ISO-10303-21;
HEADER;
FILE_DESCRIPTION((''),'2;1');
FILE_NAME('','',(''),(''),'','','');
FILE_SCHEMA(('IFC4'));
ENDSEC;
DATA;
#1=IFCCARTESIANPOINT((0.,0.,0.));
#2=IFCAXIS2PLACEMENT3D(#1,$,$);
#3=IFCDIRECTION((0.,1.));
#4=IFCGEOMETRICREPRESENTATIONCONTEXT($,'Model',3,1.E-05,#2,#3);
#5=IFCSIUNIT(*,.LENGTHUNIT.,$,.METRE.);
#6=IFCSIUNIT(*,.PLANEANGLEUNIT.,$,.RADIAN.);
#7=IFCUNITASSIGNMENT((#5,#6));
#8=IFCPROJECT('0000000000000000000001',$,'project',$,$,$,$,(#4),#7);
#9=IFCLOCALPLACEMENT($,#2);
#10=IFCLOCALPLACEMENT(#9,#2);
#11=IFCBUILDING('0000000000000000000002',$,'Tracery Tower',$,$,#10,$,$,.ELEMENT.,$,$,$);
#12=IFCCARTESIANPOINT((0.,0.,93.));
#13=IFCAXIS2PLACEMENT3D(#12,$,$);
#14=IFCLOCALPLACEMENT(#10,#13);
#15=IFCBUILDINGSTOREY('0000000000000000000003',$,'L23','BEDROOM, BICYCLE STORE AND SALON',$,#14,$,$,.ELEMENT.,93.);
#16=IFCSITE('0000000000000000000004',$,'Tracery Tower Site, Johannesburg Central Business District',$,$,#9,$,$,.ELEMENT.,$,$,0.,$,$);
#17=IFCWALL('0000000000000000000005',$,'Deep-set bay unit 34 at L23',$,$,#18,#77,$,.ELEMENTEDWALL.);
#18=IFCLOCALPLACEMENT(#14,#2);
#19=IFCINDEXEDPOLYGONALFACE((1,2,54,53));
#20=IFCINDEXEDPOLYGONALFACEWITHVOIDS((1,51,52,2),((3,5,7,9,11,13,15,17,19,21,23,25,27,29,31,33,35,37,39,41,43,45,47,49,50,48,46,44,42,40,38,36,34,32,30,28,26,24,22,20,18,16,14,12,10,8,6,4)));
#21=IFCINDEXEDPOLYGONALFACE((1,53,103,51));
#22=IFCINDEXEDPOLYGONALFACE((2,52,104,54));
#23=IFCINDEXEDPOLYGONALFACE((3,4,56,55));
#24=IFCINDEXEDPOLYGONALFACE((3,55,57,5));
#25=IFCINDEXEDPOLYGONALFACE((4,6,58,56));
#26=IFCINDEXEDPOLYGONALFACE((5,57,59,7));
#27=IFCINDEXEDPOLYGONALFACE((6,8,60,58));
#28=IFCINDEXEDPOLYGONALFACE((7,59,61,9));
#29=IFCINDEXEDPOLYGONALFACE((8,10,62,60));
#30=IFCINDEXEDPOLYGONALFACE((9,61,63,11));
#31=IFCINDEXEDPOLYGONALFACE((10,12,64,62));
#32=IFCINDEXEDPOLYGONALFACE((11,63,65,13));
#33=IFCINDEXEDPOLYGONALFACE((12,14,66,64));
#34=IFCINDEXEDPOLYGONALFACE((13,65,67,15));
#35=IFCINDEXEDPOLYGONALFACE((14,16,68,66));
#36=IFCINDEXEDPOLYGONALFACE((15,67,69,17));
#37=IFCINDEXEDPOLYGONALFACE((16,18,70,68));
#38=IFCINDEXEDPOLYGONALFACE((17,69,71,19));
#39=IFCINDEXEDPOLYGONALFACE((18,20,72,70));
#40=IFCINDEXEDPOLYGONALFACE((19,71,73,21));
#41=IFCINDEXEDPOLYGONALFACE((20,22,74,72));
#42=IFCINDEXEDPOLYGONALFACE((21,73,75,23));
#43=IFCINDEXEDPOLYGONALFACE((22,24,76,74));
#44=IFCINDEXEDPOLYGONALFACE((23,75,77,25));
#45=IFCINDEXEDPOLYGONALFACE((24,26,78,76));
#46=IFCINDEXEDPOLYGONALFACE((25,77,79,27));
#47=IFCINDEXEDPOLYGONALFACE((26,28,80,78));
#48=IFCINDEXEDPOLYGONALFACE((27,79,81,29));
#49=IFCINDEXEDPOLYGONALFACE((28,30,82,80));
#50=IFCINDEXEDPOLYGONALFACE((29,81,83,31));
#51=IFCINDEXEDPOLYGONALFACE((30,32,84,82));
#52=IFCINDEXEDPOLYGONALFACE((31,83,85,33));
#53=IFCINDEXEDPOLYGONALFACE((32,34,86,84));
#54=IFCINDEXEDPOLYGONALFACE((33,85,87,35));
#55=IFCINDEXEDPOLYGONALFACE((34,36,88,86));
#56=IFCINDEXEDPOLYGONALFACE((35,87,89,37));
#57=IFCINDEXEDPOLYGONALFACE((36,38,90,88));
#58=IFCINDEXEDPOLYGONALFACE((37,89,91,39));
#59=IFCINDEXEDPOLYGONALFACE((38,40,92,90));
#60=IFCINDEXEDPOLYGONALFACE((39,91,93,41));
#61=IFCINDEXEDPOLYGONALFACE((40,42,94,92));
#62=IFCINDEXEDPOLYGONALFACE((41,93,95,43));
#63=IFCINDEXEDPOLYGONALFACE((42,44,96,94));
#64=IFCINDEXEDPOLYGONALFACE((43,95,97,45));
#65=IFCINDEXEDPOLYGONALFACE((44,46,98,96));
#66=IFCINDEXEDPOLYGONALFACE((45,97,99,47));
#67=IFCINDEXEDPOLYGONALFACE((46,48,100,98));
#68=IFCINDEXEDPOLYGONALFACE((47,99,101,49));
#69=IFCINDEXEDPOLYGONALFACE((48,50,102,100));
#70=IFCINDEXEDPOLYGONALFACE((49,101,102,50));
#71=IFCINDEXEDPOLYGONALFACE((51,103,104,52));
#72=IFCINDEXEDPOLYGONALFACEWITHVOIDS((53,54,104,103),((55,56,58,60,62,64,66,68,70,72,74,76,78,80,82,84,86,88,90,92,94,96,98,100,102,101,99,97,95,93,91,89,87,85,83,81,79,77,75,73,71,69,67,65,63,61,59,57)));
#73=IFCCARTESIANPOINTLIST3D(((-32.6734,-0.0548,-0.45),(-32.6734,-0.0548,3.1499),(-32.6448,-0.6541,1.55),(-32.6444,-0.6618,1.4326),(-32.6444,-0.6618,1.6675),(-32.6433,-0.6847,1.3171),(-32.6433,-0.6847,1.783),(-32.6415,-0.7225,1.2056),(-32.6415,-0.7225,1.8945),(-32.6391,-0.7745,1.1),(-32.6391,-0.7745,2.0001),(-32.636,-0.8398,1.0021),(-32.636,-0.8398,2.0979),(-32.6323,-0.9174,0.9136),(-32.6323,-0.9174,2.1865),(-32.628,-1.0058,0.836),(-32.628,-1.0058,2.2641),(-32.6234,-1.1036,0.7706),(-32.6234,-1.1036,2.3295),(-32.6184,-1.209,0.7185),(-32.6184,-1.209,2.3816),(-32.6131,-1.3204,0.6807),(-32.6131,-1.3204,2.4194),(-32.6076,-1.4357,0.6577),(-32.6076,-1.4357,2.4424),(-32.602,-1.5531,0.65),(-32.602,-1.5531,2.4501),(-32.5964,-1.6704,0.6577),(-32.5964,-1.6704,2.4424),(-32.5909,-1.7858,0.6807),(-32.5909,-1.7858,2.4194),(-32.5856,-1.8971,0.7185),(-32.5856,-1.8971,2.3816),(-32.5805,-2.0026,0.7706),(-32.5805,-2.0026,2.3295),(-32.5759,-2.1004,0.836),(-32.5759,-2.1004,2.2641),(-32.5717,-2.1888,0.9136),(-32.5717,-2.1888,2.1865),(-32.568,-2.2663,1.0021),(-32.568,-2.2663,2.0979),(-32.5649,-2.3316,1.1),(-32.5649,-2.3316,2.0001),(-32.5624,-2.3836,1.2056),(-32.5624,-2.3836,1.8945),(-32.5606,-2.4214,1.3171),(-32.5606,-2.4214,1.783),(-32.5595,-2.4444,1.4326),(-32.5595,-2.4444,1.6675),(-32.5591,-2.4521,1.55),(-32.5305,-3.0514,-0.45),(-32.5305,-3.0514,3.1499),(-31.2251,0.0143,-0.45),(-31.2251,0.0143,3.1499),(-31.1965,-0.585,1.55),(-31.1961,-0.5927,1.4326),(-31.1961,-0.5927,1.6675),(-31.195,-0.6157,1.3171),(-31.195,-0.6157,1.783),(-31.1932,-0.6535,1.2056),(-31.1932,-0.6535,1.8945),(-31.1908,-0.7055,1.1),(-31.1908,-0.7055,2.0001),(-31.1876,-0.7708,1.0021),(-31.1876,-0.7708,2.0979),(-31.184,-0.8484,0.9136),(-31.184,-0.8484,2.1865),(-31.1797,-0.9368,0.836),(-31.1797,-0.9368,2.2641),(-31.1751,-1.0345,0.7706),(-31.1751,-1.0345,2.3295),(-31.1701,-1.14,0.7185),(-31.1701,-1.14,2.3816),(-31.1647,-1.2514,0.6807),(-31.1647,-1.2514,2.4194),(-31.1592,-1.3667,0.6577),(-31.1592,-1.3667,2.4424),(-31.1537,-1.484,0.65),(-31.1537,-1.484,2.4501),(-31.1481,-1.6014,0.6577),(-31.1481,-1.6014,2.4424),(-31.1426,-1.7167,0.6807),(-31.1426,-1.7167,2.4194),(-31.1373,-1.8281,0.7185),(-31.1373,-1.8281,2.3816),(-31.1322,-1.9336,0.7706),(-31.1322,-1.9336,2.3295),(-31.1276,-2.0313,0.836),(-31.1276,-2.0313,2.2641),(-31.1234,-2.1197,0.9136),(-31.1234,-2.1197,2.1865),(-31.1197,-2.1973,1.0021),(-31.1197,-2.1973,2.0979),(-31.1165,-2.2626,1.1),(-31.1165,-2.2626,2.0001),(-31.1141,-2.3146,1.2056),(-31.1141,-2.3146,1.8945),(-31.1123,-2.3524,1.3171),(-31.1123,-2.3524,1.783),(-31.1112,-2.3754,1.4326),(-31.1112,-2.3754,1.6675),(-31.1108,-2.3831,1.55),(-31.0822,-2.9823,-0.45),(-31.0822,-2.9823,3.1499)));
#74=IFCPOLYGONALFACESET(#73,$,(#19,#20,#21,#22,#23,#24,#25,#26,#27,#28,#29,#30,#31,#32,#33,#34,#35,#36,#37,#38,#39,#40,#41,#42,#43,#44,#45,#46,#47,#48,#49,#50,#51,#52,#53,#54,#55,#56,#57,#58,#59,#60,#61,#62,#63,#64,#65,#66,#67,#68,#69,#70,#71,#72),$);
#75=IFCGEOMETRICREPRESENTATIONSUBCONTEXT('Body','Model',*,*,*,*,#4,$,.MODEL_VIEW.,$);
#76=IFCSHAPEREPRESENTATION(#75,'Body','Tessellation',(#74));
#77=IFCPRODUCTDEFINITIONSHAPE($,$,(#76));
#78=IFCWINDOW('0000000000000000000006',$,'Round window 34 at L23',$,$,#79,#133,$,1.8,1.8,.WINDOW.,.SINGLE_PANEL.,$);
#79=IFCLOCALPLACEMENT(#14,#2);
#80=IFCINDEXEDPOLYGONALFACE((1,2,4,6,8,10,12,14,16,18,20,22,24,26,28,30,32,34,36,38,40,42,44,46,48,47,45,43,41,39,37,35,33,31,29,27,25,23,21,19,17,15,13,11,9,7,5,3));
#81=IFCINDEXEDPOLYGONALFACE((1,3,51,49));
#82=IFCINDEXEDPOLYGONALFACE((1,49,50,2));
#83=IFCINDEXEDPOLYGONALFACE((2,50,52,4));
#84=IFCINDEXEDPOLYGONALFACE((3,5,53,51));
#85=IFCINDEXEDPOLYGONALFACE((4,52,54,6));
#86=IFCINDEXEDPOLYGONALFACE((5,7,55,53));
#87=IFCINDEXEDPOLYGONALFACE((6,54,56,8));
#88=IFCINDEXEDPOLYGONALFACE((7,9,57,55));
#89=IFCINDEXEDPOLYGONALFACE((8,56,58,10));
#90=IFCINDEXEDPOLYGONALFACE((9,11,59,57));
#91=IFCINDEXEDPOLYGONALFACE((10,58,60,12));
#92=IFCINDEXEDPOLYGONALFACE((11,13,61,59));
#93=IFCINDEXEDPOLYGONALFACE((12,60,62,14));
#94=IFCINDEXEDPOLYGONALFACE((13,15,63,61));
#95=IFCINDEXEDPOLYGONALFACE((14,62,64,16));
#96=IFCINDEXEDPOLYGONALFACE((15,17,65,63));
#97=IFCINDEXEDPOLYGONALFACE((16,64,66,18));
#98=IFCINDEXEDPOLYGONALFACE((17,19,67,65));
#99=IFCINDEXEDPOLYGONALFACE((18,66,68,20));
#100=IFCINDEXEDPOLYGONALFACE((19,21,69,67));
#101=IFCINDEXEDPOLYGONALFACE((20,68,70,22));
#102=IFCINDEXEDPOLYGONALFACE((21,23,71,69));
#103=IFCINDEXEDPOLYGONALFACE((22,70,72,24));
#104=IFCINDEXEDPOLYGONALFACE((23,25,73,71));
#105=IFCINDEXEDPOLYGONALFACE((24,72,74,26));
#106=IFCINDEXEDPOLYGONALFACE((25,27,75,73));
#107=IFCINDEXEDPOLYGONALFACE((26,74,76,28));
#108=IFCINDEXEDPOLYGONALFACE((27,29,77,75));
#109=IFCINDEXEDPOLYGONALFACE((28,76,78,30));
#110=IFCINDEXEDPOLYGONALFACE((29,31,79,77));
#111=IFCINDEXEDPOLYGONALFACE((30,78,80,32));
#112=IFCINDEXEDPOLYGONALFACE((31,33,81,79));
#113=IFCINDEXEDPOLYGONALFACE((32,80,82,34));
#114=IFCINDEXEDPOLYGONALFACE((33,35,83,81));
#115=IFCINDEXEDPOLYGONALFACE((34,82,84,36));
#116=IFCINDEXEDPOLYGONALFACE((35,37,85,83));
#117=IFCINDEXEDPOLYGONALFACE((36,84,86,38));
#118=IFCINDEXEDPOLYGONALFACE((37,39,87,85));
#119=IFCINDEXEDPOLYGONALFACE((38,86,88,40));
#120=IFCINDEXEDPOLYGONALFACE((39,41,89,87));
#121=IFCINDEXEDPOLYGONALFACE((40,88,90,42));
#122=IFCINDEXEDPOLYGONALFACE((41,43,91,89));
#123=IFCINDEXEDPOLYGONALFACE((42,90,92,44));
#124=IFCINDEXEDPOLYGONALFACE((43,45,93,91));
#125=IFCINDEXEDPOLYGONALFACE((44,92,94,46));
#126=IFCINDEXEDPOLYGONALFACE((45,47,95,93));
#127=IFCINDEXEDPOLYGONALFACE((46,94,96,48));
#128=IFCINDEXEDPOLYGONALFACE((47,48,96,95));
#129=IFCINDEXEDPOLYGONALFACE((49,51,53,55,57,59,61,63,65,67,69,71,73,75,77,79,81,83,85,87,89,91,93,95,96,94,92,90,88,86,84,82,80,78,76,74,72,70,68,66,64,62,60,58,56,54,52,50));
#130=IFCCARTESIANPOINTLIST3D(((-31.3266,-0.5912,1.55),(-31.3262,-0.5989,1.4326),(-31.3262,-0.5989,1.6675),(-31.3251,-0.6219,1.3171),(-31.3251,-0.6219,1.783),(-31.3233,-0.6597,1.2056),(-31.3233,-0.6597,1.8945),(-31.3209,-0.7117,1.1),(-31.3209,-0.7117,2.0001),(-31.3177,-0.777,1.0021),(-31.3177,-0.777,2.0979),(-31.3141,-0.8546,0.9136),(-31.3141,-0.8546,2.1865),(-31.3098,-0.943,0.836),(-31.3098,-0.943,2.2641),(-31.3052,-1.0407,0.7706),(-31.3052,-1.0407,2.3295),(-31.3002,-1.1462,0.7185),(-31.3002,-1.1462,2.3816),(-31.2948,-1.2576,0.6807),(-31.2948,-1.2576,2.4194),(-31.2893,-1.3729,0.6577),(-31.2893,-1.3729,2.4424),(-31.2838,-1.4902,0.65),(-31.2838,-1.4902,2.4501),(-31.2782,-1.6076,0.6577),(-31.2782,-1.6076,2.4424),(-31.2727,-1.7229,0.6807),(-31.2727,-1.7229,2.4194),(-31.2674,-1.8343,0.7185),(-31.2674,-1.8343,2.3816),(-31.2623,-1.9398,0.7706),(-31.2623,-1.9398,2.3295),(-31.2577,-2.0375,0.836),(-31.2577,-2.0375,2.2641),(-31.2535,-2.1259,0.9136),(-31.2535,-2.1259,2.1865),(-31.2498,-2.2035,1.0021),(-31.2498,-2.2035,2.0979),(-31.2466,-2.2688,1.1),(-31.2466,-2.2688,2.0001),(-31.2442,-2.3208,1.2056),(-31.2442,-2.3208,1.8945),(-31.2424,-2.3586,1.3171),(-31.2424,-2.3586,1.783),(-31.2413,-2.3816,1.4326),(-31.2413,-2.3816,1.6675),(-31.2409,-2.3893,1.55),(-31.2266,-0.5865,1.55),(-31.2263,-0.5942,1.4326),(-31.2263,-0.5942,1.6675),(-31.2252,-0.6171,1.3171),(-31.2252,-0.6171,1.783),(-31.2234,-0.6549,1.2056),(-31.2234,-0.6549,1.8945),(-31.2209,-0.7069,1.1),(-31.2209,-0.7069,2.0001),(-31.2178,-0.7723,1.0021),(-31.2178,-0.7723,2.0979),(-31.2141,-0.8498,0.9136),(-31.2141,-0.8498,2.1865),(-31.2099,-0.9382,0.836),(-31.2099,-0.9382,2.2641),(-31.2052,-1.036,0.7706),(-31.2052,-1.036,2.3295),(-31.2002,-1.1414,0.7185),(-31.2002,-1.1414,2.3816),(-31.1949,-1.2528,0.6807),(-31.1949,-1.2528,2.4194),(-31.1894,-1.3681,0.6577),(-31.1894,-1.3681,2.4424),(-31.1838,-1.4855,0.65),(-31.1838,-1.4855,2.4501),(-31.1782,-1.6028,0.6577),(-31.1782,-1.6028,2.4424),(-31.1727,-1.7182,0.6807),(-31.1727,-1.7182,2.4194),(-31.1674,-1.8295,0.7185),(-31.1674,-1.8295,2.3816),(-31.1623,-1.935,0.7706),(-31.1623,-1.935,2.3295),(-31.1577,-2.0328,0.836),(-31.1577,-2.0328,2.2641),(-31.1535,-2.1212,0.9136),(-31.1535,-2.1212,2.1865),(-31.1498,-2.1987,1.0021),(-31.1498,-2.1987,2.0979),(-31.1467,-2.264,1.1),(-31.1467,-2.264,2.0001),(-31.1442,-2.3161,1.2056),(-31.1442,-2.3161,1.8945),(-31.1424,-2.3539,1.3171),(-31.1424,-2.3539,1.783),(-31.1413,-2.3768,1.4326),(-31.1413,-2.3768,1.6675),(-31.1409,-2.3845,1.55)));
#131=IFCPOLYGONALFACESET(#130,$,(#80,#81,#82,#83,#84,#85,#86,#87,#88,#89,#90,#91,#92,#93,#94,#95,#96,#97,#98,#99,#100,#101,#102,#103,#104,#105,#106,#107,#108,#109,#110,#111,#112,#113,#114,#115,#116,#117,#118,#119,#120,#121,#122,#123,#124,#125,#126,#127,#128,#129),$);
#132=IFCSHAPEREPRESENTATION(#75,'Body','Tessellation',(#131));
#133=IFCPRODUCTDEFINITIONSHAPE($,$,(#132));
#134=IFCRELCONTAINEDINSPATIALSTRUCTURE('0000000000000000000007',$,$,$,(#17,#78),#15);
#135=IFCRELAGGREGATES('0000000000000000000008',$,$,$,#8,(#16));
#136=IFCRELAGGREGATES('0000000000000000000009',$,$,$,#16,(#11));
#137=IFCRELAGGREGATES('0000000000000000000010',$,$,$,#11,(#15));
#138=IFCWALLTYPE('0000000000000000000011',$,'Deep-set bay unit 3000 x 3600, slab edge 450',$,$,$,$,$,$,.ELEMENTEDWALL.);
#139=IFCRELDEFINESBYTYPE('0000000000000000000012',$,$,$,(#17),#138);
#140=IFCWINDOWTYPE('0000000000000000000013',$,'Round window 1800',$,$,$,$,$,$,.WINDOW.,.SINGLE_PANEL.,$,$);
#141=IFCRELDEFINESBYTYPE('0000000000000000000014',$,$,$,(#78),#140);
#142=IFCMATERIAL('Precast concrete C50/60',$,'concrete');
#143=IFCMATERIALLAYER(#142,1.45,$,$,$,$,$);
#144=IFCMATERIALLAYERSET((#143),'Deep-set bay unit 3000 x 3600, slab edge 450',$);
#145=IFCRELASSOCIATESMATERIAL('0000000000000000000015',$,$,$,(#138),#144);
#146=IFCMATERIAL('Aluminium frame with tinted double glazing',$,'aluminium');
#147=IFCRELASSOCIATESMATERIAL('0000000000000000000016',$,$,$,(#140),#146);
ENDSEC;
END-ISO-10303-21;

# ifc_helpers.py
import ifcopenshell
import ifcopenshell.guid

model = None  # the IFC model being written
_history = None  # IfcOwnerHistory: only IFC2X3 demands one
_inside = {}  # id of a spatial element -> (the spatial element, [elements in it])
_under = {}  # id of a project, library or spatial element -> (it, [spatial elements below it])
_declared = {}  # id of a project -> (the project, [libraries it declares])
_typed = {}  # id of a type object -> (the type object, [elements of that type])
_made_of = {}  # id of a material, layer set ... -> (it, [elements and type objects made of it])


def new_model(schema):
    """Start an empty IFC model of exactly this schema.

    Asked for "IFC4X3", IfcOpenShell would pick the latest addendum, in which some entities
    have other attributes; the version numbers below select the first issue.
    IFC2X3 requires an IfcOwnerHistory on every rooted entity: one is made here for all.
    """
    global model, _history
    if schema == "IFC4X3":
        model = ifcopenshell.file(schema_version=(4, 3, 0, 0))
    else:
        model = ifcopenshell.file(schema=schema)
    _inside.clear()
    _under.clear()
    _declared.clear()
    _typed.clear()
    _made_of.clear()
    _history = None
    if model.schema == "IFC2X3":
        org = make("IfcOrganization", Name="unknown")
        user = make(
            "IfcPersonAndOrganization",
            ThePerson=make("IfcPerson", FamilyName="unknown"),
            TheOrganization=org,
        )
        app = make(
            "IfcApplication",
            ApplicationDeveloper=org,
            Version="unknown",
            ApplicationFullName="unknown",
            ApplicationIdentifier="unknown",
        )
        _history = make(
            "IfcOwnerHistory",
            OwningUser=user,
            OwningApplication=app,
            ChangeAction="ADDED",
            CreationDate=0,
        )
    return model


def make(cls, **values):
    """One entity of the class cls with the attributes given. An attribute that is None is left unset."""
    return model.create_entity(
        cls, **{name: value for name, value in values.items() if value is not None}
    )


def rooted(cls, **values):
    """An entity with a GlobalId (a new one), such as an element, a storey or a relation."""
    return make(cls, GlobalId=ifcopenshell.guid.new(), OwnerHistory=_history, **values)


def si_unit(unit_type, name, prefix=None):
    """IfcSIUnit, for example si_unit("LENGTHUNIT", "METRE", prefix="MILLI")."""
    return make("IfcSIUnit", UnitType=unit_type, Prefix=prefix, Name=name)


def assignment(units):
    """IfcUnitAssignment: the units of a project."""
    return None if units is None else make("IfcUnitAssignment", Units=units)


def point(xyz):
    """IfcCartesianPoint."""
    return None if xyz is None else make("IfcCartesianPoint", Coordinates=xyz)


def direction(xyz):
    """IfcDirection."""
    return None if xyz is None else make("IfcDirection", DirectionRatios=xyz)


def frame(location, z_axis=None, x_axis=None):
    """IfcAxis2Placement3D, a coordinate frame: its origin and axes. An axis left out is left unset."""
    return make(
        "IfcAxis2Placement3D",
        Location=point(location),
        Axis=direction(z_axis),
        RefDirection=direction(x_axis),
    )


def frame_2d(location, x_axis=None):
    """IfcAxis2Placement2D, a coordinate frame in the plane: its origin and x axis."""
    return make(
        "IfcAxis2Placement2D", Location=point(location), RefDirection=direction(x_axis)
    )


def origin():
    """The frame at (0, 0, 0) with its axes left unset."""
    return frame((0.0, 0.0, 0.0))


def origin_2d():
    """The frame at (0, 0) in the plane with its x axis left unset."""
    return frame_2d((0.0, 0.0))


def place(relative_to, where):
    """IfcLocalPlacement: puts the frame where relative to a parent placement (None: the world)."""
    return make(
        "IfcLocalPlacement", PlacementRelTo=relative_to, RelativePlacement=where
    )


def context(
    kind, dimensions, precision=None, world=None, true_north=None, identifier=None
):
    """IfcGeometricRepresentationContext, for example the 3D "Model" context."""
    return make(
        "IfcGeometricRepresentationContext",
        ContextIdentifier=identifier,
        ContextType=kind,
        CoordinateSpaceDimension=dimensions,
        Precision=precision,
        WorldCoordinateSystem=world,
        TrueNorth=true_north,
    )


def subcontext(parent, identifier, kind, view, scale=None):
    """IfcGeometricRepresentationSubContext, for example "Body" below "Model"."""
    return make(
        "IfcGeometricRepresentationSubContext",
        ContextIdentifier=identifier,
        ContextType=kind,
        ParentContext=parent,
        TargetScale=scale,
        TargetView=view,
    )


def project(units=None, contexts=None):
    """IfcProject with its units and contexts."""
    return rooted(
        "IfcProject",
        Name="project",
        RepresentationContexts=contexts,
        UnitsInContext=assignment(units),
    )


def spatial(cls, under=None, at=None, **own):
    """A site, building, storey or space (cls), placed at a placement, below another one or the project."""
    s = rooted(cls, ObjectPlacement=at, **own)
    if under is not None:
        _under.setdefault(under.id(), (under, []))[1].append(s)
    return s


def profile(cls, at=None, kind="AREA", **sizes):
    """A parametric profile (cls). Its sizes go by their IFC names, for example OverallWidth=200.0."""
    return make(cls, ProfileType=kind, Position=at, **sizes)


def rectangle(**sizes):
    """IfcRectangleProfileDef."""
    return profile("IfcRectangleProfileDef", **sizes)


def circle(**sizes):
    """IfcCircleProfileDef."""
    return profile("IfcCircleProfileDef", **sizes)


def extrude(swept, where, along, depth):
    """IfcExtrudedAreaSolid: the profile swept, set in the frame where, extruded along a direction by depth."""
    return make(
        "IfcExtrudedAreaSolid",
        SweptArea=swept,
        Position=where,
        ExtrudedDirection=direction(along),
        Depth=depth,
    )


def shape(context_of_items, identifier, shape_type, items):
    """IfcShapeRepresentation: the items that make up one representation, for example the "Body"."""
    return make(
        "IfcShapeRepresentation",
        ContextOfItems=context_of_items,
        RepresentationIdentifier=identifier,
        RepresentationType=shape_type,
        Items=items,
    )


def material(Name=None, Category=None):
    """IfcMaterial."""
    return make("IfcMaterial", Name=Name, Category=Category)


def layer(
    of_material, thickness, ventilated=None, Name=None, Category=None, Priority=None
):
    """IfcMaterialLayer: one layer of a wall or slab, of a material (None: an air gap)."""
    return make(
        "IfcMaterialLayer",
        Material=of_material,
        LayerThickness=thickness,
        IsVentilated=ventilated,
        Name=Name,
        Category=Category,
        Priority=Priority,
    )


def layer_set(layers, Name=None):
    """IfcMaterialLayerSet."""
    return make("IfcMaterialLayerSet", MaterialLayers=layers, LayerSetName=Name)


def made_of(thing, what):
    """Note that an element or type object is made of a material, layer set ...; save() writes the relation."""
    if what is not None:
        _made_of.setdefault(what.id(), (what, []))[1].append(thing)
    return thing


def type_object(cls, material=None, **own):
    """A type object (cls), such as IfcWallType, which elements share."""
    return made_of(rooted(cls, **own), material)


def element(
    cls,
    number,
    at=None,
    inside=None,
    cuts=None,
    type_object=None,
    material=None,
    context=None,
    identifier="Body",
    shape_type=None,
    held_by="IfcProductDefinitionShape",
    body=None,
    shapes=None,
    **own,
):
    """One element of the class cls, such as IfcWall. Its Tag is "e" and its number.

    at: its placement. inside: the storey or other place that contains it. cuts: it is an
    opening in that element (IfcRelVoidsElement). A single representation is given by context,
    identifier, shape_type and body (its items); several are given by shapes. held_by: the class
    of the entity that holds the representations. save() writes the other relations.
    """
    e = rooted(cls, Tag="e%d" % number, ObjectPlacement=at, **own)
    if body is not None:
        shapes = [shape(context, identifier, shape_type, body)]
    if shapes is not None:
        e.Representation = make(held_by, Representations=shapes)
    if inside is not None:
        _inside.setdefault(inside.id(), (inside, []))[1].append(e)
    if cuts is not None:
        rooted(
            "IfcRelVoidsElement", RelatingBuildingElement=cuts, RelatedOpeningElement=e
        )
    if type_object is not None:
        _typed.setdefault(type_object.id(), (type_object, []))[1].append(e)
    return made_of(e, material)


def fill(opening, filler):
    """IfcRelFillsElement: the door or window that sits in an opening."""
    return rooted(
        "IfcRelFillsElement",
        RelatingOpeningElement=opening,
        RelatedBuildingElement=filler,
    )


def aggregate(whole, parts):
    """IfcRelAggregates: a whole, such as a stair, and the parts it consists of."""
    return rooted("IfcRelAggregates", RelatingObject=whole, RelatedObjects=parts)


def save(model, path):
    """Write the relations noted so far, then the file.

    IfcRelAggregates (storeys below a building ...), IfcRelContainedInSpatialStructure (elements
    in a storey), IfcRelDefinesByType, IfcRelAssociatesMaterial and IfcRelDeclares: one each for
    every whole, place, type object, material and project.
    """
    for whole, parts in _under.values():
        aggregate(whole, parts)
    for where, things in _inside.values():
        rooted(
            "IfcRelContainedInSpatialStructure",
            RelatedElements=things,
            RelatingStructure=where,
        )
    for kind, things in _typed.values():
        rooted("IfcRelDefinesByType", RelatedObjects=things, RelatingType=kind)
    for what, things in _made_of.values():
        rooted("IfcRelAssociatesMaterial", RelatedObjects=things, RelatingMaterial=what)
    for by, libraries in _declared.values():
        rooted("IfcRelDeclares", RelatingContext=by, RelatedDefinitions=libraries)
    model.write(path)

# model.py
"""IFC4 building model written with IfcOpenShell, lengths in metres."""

from ifc_helpers import new_model, si_unit, direction, frame, frame_2d, origin, origin_2d, place, context, subcontext, project, spatial, rectangle, circle, extrude, material, layer, layer_set, type_object, element, fill, save


model = new_model("IFC4")

# Units and contexts
model_context = context("Model", 3, precision=1e-05, world=origin(), true_north=direction((0.0, 1.0)))
body_context = subcontext(model_context, "Body", "Model", "MODEL_VIEW")
ifc_project = project(units=[si_unit("LENGTHUNIT", "METRE"), si_unit("PLANEANGLEUNIT", "RADIAN")], contexts=[model_context])

# Site, building, storey
site_placement = place(None, origin())
site = spatial("IfcSite", under=ifc_project, at=site_placement, Name="Tracery Tower Site, Johannesburg Central Business District", CompositionType="ELEMENT", RefElevation=0.0)
building_placement = place(site_placement, origin())
building = spatial("IfcBuilding", under=site, at=building_placement, Name="Tracery Tower", CompositionType="ELEMENT")
storey_placement = place(building_placement, frame((0.0, 0.0, 93.0)))
storey = spatial("IfcBuildingStorey", under=building, at=storey_placement, Name="L23", Description="BEDROOM, BICYCLE STORE AND SALON", CompositionType="ELEMENT", Elevation=93.0)

# Wall, opening, window
ifc_material_1 = material(Name="Precast concrete C50/60", Category="concrete")
ifc_layer_1 = layer(ifc_material_1, 1.45)
ifc_layer_set_1 = layer_set([ifc_layer_1], Name="Deep-set bay unit 3000 x 3600, slab edge 450")
wall_type_1 = type_object("IfcWallType", Name="Deep-set bay unit 3000 x 3600, slab edge 450", PredefinedType="ELEMENTEDWALL", material=ifc_layer_set_1)
wall_1_placement = place(storey_placement, frame((-31.9492, -0.0203, -0.45), z_axis=(0.0, 0.0, 1.0), x_axis=(0.047608, -0.998866, 0.0)))
wall_1 = element("IfcWall", 1, at=wall_1_placement, inside=storey, type_object=wall_type_1, Name="Deep-set bay unit 34 at L23", PredefinedType="ELEMENTEDWALL", context=body_context, shape_type="SweptSolid", body=[
    extrude(rectangle(XDim=3.0, YDim=1.45, at=frame_2d((1.5, 0.0))), origin(), (0.0, 0.0, 1.0), 3.5999),
])
opening_1_placement = place(wall_1_placement, frame((1.5, 0.0, 2.0)))
opening_1 = element("IfcOpeningElement", 2, at=opening_1_placement, cuts=wall_1, PredefinedType="OPENING", context=body_context, shape_type="SweptSolid", body=[
    extrude(circle(Radius=0.9, at=origin_2d()), frame((0.0, 0.7349, 0.0), z_axis=(0.0, -1.0, 0.0), x_axis=(1.0, 0.0, 0.0)), (0.0, 0.0, 1.0), 1.47),
])
ifc_material_2 = material(Name="Aluminium frame with tinted double glazing", Category="aluminium")
window_type = type_object("IfcWindowType", Name="Round window 1800", PartitioningType="SINGLE_PANEL", PredefinedType="WINDOW", material=ifc_material_2)
window_1_placement = place(opening_1_placement, origin())
window_1 = element("IfcWindow", 3, at=window_1_placement, inside=storey, type_object=window_type, Name="Round window 34 at L23", OverallHeight=1.8, OverallWidth=1.8, PartitioningType="SINGLE_PANEL", PredefinedType="WINDOW", context=body_context, shape_type="SweptSolid", body=[
    extrude(circle(Radius=0.9, at=origin_2d()), frame((0.0, 0.6948, 0.0), z_axis=(0.0, -1.0, 0.0), x_axis=(1.0, 0.0, 0.0)), (0.0, 0.0, 1.0), 0.1001),
])
fill(opening_1, window_1)

save(model, "model.ifc")
